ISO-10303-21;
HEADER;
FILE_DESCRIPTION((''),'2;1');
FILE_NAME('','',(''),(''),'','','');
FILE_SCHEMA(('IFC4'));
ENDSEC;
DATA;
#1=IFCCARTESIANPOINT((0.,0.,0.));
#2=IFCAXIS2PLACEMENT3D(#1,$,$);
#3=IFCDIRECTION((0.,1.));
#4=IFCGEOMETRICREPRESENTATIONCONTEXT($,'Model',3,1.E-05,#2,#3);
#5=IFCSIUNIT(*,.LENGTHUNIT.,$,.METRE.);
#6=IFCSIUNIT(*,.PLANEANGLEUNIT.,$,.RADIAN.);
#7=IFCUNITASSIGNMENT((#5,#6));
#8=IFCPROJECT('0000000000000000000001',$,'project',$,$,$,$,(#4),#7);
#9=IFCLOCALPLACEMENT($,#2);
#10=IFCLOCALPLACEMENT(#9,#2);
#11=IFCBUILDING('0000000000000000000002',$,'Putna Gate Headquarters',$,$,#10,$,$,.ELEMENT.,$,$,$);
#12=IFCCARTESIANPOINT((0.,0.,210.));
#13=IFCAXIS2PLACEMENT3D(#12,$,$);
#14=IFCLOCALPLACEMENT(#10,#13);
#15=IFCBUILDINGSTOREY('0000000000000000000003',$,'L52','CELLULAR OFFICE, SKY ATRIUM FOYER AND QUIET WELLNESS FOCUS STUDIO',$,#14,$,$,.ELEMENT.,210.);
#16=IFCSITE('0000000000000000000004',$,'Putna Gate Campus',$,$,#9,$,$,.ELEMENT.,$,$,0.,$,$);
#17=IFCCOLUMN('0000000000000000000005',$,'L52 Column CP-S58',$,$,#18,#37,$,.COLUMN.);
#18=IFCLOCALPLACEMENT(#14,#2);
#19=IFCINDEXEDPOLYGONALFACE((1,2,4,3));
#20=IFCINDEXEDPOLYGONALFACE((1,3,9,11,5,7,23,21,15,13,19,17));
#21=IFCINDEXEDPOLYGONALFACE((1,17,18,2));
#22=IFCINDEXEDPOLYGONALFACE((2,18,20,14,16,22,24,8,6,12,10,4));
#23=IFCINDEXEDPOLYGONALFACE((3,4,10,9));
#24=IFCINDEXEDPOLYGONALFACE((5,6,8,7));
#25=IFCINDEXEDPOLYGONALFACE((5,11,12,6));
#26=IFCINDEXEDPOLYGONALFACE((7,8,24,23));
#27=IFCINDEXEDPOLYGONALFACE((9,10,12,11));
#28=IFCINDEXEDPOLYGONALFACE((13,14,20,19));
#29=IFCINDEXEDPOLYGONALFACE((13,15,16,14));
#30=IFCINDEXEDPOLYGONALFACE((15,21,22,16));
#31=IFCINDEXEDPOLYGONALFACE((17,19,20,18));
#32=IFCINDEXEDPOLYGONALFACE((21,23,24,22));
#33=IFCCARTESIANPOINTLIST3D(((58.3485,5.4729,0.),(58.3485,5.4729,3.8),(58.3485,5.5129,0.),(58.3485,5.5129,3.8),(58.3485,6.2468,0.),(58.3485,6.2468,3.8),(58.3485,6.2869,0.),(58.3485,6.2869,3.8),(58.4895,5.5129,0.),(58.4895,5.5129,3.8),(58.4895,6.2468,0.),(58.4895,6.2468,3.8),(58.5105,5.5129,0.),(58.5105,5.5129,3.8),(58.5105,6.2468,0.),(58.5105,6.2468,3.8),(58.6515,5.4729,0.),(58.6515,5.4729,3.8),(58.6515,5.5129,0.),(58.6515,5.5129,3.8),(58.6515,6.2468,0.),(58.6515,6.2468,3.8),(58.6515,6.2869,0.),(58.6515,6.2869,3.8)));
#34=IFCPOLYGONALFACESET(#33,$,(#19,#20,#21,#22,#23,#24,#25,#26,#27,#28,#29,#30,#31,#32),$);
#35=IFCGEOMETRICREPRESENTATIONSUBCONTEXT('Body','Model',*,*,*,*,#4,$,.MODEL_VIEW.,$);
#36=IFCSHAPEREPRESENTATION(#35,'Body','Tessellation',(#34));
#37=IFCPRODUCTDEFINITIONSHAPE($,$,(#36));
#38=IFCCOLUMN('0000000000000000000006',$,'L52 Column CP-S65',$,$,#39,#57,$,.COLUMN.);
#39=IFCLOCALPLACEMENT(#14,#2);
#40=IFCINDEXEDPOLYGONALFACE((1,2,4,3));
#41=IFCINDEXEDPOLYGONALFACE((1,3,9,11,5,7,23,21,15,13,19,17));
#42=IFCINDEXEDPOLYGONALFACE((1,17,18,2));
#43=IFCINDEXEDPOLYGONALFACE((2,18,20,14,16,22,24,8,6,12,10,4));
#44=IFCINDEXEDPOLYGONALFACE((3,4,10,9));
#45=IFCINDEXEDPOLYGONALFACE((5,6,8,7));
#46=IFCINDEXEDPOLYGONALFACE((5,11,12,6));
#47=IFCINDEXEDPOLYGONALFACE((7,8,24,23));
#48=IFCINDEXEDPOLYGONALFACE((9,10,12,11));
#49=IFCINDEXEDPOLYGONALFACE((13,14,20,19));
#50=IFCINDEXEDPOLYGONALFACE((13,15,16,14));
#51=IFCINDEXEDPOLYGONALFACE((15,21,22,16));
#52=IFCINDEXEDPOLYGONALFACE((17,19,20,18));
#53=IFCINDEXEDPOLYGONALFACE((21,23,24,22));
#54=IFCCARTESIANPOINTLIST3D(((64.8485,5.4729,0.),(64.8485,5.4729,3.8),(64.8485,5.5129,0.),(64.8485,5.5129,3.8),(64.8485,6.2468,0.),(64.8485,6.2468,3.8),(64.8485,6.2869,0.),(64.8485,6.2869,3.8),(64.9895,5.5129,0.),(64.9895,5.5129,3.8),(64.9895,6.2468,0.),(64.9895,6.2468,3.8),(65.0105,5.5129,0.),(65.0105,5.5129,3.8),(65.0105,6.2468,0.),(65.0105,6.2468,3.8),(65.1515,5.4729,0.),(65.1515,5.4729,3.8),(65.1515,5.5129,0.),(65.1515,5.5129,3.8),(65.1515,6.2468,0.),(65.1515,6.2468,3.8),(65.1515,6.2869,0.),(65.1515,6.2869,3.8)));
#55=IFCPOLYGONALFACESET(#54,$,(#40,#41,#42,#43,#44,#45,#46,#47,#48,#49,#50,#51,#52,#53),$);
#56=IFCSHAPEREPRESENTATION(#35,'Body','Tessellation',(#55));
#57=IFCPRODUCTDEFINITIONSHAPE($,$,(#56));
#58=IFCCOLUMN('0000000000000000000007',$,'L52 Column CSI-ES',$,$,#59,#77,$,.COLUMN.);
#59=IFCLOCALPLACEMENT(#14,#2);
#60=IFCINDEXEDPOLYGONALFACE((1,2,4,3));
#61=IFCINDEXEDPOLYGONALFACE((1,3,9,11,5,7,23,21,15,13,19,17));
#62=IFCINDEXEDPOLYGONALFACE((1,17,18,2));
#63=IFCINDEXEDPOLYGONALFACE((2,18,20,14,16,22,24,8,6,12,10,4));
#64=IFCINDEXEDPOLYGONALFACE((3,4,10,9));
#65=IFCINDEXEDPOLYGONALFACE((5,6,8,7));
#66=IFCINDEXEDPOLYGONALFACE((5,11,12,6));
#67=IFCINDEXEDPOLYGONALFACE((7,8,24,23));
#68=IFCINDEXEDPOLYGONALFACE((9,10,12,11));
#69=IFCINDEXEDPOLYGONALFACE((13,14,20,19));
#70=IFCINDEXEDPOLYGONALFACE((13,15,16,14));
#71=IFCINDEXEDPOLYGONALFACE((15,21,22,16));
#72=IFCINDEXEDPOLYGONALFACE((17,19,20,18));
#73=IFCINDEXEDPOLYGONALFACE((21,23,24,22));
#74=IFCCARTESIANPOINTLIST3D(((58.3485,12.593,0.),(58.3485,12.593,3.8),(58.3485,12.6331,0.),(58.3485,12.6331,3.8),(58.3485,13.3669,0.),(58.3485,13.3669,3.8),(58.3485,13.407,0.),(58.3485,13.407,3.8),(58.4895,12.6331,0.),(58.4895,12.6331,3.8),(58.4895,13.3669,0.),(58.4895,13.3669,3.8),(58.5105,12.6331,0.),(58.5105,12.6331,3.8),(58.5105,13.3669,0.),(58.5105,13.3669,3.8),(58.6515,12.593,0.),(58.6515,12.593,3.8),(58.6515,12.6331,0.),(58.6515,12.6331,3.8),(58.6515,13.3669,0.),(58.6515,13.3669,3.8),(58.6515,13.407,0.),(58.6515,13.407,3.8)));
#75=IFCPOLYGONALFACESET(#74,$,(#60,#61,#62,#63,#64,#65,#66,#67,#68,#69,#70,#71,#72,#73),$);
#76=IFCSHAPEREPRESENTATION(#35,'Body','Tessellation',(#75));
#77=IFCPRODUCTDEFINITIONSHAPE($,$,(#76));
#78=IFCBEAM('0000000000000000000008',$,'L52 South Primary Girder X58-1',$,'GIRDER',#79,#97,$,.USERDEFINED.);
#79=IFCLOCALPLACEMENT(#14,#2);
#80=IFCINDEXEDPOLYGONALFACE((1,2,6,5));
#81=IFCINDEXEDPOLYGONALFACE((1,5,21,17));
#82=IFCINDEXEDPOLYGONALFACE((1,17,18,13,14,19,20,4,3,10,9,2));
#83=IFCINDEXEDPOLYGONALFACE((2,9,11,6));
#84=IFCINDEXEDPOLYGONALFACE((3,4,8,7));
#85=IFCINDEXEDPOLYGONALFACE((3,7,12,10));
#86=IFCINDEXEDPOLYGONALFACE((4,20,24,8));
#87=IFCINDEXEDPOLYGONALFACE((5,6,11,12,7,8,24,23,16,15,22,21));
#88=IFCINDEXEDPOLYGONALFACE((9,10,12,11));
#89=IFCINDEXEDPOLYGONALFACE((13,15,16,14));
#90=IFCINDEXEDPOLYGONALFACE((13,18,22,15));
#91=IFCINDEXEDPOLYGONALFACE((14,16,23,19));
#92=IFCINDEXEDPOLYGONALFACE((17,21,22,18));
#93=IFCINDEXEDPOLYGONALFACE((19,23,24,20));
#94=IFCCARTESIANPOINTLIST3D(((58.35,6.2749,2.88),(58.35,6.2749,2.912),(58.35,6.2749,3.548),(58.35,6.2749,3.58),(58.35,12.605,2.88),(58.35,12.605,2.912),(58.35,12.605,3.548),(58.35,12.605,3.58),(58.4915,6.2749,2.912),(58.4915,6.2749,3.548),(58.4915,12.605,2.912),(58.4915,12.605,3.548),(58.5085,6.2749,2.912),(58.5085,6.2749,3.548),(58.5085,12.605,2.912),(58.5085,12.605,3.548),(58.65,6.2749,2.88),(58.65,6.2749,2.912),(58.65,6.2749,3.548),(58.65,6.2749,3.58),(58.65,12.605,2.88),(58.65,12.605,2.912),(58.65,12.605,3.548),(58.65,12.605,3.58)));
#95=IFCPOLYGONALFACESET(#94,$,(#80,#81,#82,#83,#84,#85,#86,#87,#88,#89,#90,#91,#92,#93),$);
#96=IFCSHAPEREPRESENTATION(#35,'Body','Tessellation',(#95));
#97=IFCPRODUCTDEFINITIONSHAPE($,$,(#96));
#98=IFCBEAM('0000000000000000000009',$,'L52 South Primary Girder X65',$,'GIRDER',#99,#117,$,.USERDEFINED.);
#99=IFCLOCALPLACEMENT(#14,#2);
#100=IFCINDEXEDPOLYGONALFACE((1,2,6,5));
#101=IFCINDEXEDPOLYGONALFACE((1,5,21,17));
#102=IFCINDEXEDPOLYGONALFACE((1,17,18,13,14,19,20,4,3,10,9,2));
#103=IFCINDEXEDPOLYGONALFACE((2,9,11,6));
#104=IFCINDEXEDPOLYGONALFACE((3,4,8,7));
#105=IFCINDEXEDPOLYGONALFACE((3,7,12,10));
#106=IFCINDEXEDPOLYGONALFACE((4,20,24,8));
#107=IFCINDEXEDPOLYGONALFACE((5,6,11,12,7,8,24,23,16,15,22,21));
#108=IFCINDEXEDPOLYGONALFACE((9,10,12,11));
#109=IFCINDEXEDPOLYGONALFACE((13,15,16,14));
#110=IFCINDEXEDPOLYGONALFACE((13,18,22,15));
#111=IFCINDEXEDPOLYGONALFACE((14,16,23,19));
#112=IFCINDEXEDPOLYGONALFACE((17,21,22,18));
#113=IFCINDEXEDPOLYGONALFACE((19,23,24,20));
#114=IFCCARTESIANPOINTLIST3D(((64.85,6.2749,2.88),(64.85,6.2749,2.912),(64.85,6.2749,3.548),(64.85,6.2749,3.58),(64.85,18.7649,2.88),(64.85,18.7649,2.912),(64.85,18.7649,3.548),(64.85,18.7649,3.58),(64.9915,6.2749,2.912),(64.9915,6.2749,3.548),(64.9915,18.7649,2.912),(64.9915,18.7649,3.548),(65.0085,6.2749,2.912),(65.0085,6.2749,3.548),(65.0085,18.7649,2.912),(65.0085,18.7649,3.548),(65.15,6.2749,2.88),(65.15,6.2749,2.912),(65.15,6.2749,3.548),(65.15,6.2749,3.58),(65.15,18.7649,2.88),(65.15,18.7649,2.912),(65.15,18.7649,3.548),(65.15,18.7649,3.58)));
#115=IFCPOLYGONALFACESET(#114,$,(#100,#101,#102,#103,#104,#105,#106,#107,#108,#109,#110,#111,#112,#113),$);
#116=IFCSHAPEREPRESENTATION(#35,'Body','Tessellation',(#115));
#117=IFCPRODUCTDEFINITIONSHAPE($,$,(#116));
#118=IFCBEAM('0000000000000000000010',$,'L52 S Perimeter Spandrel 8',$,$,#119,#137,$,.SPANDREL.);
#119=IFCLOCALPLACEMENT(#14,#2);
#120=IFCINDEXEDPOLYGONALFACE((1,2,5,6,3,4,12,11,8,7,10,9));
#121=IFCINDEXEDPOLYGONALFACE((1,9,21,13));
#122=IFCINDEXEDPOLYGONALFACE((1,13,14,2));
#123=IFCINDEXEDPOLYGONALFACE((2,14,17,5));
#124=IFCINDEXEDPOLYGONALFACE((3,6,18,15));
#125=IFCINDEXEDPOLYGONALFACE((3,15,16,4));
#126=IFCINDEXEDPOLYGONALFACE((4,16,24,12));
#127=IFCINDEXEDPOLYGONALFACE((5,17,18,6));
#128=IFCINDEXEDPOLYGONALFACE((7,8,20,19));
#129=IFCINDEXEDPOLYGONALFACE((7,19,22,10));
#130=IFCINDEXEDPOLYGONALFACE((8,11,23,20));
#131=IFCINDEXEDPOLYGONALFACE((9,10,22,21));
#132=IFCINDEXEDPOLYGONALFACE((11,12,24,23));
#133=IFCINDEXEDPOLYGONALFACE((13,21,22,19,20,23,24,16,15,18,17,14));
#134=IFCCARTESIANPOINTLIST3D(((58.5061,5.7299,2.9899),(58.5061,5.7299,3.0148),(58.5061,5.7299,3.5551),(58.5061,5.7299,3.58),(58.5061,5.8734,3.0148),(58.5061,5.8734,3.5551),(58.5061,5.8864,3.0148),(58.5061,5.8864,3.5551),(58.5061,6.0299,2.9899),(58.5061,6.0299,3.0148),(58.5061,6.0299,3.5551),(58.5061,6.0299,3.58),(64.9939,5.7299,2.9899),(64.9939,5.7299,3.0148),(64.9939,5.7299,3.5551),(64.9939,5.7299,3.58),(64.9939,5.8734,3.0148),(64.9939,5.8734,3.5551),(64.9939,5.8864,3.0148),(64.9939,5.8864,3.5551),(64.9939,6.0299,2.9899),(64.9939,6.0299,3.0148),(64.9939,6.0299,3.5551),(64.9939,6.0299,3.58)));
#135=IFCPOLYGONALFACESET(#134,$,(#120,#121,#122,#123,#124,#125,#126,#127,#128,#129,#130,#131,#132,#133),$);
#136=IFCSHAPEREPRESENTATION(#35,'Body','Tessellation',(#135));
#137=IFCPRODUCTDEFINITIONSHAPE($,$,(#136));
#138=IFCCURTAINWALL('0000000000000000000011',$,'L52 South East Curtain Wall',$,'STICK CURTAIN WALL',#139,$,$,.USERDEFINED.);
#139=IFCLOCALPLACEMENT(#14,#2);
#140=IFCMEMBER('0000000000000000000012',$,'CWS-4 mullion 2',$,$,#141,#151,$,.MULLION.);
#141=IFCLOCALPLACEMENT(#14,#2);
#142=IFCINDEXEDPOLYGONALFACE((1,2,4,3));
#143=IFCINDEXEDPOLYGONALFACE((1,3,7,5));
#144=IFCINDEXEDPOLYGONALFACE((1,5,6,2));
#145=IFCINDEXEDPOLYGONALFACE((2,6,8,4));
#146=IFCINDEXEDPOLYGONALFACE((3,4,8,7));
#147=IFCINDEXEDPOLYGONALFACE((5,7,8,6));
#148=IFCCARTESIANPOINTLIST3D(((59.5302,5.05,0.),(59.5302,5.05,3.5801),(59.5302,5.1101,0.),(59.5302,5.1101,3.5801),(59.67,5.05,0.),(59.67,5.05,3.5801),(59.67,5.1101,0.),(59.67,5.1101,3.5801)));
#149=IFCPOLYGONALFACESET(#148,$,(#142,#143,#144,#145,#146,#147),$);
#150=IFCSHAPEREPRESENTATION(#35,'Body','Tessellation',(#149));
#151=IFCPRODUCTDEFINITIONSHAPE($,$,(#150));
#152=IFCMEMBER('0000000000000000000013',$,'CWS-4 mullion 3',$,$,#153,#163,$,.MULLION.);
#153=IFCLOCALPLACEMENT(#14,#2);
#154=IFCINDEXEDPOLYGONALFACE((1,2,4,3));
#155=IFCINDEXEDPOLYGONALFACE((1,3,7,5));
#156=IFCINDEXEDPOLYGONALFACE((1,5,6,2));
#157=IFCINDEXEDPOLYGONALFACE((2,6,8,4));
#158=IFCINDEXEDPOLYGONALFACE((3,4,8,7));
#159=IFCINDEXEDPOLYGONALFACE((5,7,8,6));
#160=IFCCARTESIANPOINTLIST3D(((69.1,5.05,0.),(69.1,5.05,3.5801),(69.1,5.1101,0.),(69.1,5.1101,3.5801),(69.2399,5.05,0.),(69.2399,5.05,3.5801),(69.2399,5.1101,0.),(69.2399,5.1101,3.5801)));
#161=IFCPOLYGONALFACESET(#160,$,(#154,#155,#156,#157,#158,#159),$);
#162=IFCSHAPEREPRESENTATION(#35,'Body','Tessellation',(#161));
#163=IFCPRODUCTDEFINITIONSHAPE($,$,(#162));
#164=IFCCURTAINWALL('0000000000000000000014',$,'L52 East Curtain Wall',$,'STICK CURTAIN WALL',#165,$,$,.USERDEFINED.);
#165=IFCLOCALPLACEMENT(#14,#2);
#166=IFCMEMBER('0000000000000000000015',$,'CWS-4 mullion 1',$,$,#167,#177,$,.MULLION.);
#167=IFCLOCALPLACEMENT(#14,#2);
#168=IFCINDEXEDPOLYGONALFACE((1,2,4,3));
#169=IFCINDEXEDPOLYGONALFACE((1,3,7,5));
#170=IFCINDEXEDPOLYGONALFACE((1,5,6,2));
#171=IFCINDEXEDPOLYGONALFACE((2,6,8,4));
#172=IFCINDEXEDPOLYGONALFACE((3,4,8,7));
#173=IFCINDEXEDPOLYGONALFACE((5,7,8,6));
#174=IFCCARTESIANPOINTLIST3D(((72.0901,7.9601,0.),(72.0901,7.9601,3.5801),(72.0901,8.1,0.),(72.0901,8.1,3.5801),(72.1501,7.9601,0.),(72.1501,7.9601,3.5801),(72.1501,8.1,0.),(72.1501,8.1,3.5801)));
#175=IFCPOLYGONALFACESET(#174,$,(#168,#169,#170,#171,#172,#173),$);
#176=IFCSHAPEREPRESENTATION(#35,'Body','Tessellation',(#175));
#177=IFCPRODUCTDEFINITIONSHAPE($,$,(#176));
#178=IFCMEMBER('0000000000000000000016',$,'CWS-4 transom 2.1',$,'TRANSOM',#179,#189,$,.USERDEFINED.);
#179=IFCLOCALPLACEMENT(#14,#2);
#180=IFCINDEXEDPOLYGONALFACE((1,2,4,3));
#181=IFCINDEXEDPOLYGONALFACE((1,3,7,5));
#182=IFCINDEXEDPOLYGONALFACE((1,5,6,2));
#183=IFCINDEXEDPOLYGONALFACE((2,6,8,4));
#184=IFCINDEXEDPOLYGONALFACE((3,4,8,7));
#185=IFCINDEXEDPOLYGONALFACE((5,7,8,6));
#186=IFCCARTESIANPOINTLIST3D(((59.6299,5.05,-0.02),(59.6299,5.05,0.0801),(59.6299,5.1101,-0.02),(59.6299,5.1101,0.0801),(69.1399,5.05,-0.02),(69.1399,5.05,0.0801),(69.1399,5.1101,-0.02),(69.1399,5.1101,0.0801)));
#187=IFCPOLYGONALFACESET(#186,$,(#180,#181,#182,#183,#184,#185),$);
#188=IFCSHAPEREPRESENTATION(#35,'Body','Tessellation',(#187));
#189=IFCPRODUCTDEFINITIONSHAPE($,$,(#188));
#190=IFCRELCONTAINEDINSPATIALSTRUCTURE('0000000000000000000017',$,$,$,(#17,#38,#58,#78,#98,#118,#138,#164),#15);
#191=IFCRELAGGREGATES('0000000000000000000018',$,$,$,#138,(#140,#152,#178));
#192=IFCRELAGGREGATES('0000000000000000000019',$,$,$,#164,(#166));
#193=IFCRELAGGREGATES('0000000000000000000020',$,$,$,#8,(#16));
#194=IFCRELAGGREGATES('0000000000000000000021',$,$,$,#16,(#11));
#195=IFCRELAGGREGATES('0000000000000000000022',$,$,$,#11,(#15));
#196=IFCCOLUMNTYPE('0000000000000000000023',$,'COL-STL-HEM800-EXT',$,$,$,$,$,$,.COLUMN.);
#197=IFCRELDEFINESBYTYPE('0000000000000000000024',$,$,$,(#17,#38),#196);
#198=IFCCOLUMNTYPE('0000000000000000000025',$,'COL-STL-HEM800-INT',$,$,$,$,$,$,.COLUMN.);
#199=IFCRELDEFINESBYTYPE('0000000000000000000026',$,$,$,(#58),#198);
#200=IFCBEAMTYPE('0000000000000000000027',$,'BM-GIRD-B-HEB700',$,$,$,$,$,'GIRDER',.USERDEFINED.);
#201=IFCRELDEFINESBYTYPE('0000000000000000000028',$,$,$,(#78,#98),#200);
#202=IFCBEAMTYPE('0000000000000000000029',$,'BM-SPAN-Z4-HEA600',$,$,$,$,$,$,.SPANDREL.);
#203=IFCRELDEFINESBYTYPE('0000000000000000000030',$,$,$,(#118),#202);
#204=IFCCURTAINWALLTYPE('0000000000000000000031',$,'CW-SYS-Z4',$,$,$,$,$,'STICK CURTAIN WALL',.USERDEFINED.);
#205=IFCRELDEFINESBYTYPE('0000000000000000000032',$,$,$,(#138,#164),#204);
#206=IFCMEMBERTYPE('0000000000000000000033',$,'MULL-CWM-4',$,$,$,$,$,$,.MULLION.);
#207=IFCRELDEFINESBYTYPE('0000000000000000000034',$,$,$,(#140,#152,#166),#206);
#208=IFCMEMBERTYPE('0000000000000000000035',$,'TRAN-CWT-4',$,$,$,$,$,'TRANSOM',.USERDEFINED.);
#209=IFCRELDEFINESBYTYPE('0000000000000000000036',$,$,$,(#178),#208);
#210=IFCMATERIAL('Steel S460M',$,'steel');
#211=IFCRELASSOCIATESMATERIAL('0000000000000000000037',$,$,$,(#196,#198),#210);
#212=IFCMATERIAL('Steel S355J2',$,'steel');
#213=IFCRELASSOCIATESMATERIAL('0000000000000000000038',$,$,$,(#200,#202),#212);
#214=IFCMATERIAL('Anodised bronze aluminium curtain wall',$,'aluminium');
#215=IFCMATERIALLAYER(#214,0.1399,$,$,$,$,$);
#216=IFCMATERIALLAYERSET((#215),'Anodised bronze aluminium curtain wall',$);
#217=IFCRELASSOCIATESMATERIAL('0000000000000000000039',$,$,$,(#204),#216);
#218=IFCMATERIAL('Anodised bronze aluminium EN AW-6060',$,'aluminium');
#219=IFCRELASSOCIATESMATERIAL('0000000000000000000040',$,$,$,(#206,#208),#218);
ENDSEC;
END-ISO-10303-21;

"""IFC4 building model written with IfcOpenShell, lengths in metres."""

from ifc_helpers import new_model, si_unit, direction, frame, origin, origin_2d, place, context, subcontext, project, spatial, rectangle, i_section, extrude, material, layer, layer_set, material_profile, profile_set, type_object, element, aggregate, save


model = new_model("IFC4")

# Units and contexts
model_context = context("Model", 3, precision=1e-05, world=origin(), true_north=direction((0.0, 1.0)))
body_context = subcontext(model_context, "Body", "Model", "MODEL_VIEW")
ifc_project = project(units=[si_unit("LENGTHUNIT", "METRE"), si_unit("PLANEANGLEUNIT", "RADIAN")], contexts=[model_context])

# Site, building, storey
site_placement = place(None, origin())
site = spatial("IfcSite", under=ifc_project, at=site_placement, Name="Putna Gate Campus", CompositionType="ELEMENT", RefElevation=0.0)
building_placement = place(site_placement, origin())
building = spatial("IfcBuilding", under=site, at=building_placement, Name="Putna Gate Headquarters", CompositionType="ELEMENT")
storey_placement = place(building_placement, frame((0.0, 0.0, 210.0)))
storey = spatial("IfcBuildingStorey", under=building, at=storey_placement, Name="L52", Description="CELLULAR OFFICE, SKY ATRIUM FOYER AND QUIET WELLNESS FOCUS STUDIO", CompositionType="ELEMENT", Elevation=210.0)

# Columns
ifc_material_1 = material(Name="Steel S460M", Category="steel")
ifc_material_profile_1 = material_profile(ifc_material_1, i_section(OverallWidth=0.303, OverallDepth=0.814, WebThickness=0.021, FlangeThickness=0.04, at=origin_2d()), Name="Steel S460M")
ifc_profile_set_1 = profile_set([ifc_material_profile_1], Name="Steel S460M")
column_type_1 = type_object("IfcColumnType", Name="COL-STL-HEM800-EXT", PredefinedType="COLUMN", material=ifc_profile_set_1)
for number, where, z_axis, x_axis, name in (
    (1, (58.5, 5.8799, 0.0), (0.0, 0.0, 1.0), (1.0, 0.0, 0.0), "L52 Column CP-S58"),
    (2, (65.0, 5.8799, 0.0), (0.0, 0.0, 1.0), (1.0, 0.0, 0.0), "L52 Column CP-S65"),
):
    element("IfcColumn", number, at=place(storey_placement, frame(where, z_axis=z_axis, x_axis=x_axis)), inside=storey, type_object=column_type_1, Name=name, PredefinedType="COLUMN", context=body_context, shape_type="SweptSolid", body=[
        extrude(i_section(OverallWidth=0.303, OverallDepth=0.814, WebThickness=0.021, FlangeThickness=0.04, at=origin_2d()), origin(), (0.0, 0.0, 1.0), 3.8),
    ])
ifc_material_profile_2 = material_profile(ifc_material_1, i_section(OverallWidth=0.303, OverallDepth=0.814, WebThickness=0.021, FlangeThickness=0.04, at=origin_2d()), Name="Steel S460M")
ifc_profile_set_2 = profile_set([ifc_material_profile_2], Name="Steel S460M")
column_type_2 = type_object("IfcColumnType", Name="COL-STL-HEM800-INT", PredefinedType="COLUMN", material=ifc_profile_set_2)
column_placement = place(storey_placement, frame((58.5, 13.0, 0.0), z_axis=(0.0, 0.0, 1.0), x_axis=(1.0, 0.0, 0.0)))
element("IfcColumn", 3, at=column_placement, inside=storey, type_object=column_type_2, Name="L52 Column CSI-ES", PredefinedType="COLUMN", context=body_context, shape_type="SweptSolid", body=[
    extrude(i_section(OverallWidth=0.303, OverallDepth=0.814, WebThickness=0.021, FlangeThickness=0.04, at=origin_2d()), origin(), (0.0, 0.0, 1.0), 3.8),
])

# Beams
ifc_material_2 = material(Name="Steel S355J2", Category="steel")
ifc_material_profile_3 = material_profile(ifc_material_2, i_section(OverallWidth=0.3, OverallDepth=0.7, WebThickness=0.0171, FlangeThickness=0.032, at=origin_2d()), Name="Steel S355J2")
ifc_profile_set_3 = profile_set([ifc_material_profile_3], Name="Steel S355J2")
beam_type_1 = type_object("IfcBeamType", Name="BM-GIRD-B-HEB700", ElementType="GIRDER", PredefinedType="USERDEFINED", material=ifc_profile_set_3)
beam_1_placement = place(storey_placement, frame((58.5, 6.2749, 3.23), z_axis=(0.0, 1.0, 0.0), x_axis=(-1.0, 0.0, 0.0)))
element("IfcBeam", 4, at=beam_1_placement, inside=storey, type_object=beam_type_1, Name="L52 South Primary Girder X58-1", ObjectType="GIRDER", PredefinedType="USERDEFINED", context=body_context, shape_type="SweptSolid", body=[
    extrude(i_section(OverallWidth=0.3, OverallDepth=0.7, WebThickness=0.0171, FlangeThickness=0.032, at=origin_2d()), origin(), (0.0, 0.0, 1.0), 6.3301),
])
beam_2_placement = place(storey_placement, frame((65.0, 6.2749, 3.23), z_axis=(0.0, 1.0, 0.0), x_axis=(-1.0, 0.0, 0.0)))
element("IfcBeam", 5, at=beam_2_placement, inside=storey, type_object=beam_type_1, Name="L52 South Primary Girder X65", ObjectType="GIRDER", PredefinedType="USERDEFINED", context=body_context, shape_type="SweptSolid", body=[
    extrude(i_section(OverallWidth=0.3, OverallDepth=0.7, WebThickness=0.0171, FlangeThickness=0.032, at=origin_2d()), origin(), (0.0, 0.0, 1.0), 12.49),
])
ifc_material_profile_4 = material_profile(ifc_material_2, i_section(OverallWidth=0.3, OverallDepth=0.5901, WebThickness=0.0129, FlangeThickness=0.0249, at=origin_2d()), Name="Steel S355J2")
ifc_profile_set_4 = profile_set([ifc_material_profile_4], Name="Steel S355J2")
beam_type_2 = type_object("IfcBeamType", Name="BM-SPAN-Z4-HEA600", PredefinedType="SPANDREL", material=ifc_profile_set_4)
beam_3_placement = place(storey_placement, frame((58.5061, 5.8799, 3.2849), z_axis=(1.0, 0.0, 0.0), x_axis=(0.0, 1.0, 0.0)))
element("IfcBeam", 6, at=beam_3_placement, inside=storey, type_object=beam_type_2, Name="L52 S Perimeter Spandrel 8", PredefinedType="SPANDREL", context=body_context, shape_type="SweptSolid", body=[
    extrude(i_section(OverallWidth=0.3, OverallDepth=0.5901, WebThickness=0.0129, FlangeThickness=0.0249, at=origin_2d()), origin(), (0.0, 0.0, 1.0), 6.4878),
])

# Curtain wall, members
ifc_material_3 = material(Name="Anodised bronze aluminium curtain wall", Category="aluminium")
ifc_layer_1 = layer(ifc_material_3, 0.1399)
ifc_layer_set_1 = layer_set([ifc_layer_1], Name="Anodised bronze aluminium curtain wall")
curtain_wall_type = type_object("IfcCurtainWallType", Name="CW-SYS-Z4", ElementType="STICK CURTAIN WALL", PredefinedType="USERDEFINED", material=ifc_layer_set_1)
curtain_wall_1_placement = place(storey_placement, origin())
curtain_wall_1 = element("IfcCurtainWall", 7, at=curtain_wall_1_placement, inside=storey, type_object=curtain_wall_type, Name="L52 South East Curtain Wall", ObjectType="STICK CURTAIN WALL", PredefinedType="USERDEFINED")
ifc_material_4 = material(Name="Anodised bronze aluminium EN AW-6060", Category="aluminium")
ifc_material_profile_5 = material_profile(ifc_material_4, rectangle(XDim=0.0601, YDim=0.1399, at=origin_2d()), Name="Anodised bronze aluminium EN AW-6060")
ifc_profile_set_5 = profile_set([ifc_material_profile_5], Name="Anodised bronze aluminium EN AW-6060")
member_type_1 = type_object("IfcMemberType", Name="MULL-CWM-4", PredefinedType="MULLION", material=ifc_profile_set_5)
member_1_placement = place(storey_placement, frame((59.6001, 5.0801, 0.0), z_axis=(0.0, 0.0, 1.0), x_axis=(0.0, 1.0, 0.0)))
member_1 = element("IfcMember", 8, at=member_1_placement, type_object=member_type_1, Name="CWS-4 mullion 2", PredefinedType="MULLION", context=body_context, shape_type="SweptSolid", body=[
    extrude(rectangle(XDim=0.0601, YDim=0.1399, at=origin_2d()), origin(), (0.0, 0.0, 1.0), 3.5801),
])
member_2_placement = place(storey_placement, frame((69.1699, 5.0801, 0.0), z_axis=(0.0, 0.0, 1.0), x_axis=(0.0, 1.0, 0.0)))
member_2 = element("IfcMember", 9, at=member_2_placement, type_object=member_type_1, Name="CWS-4 mullion 3", PredefinedType="MULLION", context=body_context, shape_type="SweptSolid", body=[
    extrude(rectangle(XDim=0.0601, YDim=0.1399, at=origin_2d()), origin(), (0.0, 0.0, 1.0), 3.5801),
])

# Curtain wall, member
curtain_wall_2_placement = place(storey_placement, origin())
curtain_wall_2 = element("IfcCurtainWall", 10, at=curtain_wall_2_placement, inside=storey, type_object=curtain_wall_type, Name="L52 East Curtain Wall", ObjectType="STICK CURTAIN WALL", PredefinedType="USERDEFINED")
member_3_placement = place(storey_placement, frame((72.1201, 8.03, 0.0), z_axis=(0.0, 0.0, 1.0), x_axis=(-1.0, 0.0, 0.0)))
member_3 = element("IfcMember", 11, at=member_3_placement, type_object=member_type_1, Name="CWS-4 mullion 1", PredefinedType="MULLION", context=body_context, shape_type="SweptSolid", body=[
    extrude(rectangle(XDim=0.0601, YDim=0.1399, at=origin_2d()), origin(), (0.0, 0.0, 1.0), 3.5801),
])

# Member
ifc_material_profile_6 = material_profile(ifc_material_4, rectangle(XDim=0.0601, YDim=0.1001, at=origin_2d()), Name="Anodised bronze aluminium EN AW-6060")
ifc_profile_set_6 = profile_set([ifc_material_profile_6], Name="Anodised bronze aluminium EN AW-6060")
member_type_2 = type_object("IfcMemberType", Name="TRAN-CWT-4", ElementType="TRANSOM", PredefinedType="USERDEFINED", material=ifc_profile_set_6)
member_4_placement = place(storey_placement, frame((59.6299, 5.0801, 0.03), z_axis=(1.0, 0.0, 0.0), x_axis=(0.0, 1.0, 0.0)))
member_4 = element("IfcMember", 12, at=member_4_placement, type_object=member_type_2, Name="CWS-4 transom 2.1", ObjectType="TRANSOM", PredefinedType="USERDEFINED", context=body_context, shape_type="SweptSolid", body=[
    extrude(rectangle(XDim=0.0601, YDim=0.1001, at=origin_2d()), origin(), (0.0, 0.0, 1.0), 9.51),
])

aggregate(curtain_wall_1, [member_1, member_2, member_4])
aggregate(curtain_wall_2, [member_3])

save(model, "model.ifc")
